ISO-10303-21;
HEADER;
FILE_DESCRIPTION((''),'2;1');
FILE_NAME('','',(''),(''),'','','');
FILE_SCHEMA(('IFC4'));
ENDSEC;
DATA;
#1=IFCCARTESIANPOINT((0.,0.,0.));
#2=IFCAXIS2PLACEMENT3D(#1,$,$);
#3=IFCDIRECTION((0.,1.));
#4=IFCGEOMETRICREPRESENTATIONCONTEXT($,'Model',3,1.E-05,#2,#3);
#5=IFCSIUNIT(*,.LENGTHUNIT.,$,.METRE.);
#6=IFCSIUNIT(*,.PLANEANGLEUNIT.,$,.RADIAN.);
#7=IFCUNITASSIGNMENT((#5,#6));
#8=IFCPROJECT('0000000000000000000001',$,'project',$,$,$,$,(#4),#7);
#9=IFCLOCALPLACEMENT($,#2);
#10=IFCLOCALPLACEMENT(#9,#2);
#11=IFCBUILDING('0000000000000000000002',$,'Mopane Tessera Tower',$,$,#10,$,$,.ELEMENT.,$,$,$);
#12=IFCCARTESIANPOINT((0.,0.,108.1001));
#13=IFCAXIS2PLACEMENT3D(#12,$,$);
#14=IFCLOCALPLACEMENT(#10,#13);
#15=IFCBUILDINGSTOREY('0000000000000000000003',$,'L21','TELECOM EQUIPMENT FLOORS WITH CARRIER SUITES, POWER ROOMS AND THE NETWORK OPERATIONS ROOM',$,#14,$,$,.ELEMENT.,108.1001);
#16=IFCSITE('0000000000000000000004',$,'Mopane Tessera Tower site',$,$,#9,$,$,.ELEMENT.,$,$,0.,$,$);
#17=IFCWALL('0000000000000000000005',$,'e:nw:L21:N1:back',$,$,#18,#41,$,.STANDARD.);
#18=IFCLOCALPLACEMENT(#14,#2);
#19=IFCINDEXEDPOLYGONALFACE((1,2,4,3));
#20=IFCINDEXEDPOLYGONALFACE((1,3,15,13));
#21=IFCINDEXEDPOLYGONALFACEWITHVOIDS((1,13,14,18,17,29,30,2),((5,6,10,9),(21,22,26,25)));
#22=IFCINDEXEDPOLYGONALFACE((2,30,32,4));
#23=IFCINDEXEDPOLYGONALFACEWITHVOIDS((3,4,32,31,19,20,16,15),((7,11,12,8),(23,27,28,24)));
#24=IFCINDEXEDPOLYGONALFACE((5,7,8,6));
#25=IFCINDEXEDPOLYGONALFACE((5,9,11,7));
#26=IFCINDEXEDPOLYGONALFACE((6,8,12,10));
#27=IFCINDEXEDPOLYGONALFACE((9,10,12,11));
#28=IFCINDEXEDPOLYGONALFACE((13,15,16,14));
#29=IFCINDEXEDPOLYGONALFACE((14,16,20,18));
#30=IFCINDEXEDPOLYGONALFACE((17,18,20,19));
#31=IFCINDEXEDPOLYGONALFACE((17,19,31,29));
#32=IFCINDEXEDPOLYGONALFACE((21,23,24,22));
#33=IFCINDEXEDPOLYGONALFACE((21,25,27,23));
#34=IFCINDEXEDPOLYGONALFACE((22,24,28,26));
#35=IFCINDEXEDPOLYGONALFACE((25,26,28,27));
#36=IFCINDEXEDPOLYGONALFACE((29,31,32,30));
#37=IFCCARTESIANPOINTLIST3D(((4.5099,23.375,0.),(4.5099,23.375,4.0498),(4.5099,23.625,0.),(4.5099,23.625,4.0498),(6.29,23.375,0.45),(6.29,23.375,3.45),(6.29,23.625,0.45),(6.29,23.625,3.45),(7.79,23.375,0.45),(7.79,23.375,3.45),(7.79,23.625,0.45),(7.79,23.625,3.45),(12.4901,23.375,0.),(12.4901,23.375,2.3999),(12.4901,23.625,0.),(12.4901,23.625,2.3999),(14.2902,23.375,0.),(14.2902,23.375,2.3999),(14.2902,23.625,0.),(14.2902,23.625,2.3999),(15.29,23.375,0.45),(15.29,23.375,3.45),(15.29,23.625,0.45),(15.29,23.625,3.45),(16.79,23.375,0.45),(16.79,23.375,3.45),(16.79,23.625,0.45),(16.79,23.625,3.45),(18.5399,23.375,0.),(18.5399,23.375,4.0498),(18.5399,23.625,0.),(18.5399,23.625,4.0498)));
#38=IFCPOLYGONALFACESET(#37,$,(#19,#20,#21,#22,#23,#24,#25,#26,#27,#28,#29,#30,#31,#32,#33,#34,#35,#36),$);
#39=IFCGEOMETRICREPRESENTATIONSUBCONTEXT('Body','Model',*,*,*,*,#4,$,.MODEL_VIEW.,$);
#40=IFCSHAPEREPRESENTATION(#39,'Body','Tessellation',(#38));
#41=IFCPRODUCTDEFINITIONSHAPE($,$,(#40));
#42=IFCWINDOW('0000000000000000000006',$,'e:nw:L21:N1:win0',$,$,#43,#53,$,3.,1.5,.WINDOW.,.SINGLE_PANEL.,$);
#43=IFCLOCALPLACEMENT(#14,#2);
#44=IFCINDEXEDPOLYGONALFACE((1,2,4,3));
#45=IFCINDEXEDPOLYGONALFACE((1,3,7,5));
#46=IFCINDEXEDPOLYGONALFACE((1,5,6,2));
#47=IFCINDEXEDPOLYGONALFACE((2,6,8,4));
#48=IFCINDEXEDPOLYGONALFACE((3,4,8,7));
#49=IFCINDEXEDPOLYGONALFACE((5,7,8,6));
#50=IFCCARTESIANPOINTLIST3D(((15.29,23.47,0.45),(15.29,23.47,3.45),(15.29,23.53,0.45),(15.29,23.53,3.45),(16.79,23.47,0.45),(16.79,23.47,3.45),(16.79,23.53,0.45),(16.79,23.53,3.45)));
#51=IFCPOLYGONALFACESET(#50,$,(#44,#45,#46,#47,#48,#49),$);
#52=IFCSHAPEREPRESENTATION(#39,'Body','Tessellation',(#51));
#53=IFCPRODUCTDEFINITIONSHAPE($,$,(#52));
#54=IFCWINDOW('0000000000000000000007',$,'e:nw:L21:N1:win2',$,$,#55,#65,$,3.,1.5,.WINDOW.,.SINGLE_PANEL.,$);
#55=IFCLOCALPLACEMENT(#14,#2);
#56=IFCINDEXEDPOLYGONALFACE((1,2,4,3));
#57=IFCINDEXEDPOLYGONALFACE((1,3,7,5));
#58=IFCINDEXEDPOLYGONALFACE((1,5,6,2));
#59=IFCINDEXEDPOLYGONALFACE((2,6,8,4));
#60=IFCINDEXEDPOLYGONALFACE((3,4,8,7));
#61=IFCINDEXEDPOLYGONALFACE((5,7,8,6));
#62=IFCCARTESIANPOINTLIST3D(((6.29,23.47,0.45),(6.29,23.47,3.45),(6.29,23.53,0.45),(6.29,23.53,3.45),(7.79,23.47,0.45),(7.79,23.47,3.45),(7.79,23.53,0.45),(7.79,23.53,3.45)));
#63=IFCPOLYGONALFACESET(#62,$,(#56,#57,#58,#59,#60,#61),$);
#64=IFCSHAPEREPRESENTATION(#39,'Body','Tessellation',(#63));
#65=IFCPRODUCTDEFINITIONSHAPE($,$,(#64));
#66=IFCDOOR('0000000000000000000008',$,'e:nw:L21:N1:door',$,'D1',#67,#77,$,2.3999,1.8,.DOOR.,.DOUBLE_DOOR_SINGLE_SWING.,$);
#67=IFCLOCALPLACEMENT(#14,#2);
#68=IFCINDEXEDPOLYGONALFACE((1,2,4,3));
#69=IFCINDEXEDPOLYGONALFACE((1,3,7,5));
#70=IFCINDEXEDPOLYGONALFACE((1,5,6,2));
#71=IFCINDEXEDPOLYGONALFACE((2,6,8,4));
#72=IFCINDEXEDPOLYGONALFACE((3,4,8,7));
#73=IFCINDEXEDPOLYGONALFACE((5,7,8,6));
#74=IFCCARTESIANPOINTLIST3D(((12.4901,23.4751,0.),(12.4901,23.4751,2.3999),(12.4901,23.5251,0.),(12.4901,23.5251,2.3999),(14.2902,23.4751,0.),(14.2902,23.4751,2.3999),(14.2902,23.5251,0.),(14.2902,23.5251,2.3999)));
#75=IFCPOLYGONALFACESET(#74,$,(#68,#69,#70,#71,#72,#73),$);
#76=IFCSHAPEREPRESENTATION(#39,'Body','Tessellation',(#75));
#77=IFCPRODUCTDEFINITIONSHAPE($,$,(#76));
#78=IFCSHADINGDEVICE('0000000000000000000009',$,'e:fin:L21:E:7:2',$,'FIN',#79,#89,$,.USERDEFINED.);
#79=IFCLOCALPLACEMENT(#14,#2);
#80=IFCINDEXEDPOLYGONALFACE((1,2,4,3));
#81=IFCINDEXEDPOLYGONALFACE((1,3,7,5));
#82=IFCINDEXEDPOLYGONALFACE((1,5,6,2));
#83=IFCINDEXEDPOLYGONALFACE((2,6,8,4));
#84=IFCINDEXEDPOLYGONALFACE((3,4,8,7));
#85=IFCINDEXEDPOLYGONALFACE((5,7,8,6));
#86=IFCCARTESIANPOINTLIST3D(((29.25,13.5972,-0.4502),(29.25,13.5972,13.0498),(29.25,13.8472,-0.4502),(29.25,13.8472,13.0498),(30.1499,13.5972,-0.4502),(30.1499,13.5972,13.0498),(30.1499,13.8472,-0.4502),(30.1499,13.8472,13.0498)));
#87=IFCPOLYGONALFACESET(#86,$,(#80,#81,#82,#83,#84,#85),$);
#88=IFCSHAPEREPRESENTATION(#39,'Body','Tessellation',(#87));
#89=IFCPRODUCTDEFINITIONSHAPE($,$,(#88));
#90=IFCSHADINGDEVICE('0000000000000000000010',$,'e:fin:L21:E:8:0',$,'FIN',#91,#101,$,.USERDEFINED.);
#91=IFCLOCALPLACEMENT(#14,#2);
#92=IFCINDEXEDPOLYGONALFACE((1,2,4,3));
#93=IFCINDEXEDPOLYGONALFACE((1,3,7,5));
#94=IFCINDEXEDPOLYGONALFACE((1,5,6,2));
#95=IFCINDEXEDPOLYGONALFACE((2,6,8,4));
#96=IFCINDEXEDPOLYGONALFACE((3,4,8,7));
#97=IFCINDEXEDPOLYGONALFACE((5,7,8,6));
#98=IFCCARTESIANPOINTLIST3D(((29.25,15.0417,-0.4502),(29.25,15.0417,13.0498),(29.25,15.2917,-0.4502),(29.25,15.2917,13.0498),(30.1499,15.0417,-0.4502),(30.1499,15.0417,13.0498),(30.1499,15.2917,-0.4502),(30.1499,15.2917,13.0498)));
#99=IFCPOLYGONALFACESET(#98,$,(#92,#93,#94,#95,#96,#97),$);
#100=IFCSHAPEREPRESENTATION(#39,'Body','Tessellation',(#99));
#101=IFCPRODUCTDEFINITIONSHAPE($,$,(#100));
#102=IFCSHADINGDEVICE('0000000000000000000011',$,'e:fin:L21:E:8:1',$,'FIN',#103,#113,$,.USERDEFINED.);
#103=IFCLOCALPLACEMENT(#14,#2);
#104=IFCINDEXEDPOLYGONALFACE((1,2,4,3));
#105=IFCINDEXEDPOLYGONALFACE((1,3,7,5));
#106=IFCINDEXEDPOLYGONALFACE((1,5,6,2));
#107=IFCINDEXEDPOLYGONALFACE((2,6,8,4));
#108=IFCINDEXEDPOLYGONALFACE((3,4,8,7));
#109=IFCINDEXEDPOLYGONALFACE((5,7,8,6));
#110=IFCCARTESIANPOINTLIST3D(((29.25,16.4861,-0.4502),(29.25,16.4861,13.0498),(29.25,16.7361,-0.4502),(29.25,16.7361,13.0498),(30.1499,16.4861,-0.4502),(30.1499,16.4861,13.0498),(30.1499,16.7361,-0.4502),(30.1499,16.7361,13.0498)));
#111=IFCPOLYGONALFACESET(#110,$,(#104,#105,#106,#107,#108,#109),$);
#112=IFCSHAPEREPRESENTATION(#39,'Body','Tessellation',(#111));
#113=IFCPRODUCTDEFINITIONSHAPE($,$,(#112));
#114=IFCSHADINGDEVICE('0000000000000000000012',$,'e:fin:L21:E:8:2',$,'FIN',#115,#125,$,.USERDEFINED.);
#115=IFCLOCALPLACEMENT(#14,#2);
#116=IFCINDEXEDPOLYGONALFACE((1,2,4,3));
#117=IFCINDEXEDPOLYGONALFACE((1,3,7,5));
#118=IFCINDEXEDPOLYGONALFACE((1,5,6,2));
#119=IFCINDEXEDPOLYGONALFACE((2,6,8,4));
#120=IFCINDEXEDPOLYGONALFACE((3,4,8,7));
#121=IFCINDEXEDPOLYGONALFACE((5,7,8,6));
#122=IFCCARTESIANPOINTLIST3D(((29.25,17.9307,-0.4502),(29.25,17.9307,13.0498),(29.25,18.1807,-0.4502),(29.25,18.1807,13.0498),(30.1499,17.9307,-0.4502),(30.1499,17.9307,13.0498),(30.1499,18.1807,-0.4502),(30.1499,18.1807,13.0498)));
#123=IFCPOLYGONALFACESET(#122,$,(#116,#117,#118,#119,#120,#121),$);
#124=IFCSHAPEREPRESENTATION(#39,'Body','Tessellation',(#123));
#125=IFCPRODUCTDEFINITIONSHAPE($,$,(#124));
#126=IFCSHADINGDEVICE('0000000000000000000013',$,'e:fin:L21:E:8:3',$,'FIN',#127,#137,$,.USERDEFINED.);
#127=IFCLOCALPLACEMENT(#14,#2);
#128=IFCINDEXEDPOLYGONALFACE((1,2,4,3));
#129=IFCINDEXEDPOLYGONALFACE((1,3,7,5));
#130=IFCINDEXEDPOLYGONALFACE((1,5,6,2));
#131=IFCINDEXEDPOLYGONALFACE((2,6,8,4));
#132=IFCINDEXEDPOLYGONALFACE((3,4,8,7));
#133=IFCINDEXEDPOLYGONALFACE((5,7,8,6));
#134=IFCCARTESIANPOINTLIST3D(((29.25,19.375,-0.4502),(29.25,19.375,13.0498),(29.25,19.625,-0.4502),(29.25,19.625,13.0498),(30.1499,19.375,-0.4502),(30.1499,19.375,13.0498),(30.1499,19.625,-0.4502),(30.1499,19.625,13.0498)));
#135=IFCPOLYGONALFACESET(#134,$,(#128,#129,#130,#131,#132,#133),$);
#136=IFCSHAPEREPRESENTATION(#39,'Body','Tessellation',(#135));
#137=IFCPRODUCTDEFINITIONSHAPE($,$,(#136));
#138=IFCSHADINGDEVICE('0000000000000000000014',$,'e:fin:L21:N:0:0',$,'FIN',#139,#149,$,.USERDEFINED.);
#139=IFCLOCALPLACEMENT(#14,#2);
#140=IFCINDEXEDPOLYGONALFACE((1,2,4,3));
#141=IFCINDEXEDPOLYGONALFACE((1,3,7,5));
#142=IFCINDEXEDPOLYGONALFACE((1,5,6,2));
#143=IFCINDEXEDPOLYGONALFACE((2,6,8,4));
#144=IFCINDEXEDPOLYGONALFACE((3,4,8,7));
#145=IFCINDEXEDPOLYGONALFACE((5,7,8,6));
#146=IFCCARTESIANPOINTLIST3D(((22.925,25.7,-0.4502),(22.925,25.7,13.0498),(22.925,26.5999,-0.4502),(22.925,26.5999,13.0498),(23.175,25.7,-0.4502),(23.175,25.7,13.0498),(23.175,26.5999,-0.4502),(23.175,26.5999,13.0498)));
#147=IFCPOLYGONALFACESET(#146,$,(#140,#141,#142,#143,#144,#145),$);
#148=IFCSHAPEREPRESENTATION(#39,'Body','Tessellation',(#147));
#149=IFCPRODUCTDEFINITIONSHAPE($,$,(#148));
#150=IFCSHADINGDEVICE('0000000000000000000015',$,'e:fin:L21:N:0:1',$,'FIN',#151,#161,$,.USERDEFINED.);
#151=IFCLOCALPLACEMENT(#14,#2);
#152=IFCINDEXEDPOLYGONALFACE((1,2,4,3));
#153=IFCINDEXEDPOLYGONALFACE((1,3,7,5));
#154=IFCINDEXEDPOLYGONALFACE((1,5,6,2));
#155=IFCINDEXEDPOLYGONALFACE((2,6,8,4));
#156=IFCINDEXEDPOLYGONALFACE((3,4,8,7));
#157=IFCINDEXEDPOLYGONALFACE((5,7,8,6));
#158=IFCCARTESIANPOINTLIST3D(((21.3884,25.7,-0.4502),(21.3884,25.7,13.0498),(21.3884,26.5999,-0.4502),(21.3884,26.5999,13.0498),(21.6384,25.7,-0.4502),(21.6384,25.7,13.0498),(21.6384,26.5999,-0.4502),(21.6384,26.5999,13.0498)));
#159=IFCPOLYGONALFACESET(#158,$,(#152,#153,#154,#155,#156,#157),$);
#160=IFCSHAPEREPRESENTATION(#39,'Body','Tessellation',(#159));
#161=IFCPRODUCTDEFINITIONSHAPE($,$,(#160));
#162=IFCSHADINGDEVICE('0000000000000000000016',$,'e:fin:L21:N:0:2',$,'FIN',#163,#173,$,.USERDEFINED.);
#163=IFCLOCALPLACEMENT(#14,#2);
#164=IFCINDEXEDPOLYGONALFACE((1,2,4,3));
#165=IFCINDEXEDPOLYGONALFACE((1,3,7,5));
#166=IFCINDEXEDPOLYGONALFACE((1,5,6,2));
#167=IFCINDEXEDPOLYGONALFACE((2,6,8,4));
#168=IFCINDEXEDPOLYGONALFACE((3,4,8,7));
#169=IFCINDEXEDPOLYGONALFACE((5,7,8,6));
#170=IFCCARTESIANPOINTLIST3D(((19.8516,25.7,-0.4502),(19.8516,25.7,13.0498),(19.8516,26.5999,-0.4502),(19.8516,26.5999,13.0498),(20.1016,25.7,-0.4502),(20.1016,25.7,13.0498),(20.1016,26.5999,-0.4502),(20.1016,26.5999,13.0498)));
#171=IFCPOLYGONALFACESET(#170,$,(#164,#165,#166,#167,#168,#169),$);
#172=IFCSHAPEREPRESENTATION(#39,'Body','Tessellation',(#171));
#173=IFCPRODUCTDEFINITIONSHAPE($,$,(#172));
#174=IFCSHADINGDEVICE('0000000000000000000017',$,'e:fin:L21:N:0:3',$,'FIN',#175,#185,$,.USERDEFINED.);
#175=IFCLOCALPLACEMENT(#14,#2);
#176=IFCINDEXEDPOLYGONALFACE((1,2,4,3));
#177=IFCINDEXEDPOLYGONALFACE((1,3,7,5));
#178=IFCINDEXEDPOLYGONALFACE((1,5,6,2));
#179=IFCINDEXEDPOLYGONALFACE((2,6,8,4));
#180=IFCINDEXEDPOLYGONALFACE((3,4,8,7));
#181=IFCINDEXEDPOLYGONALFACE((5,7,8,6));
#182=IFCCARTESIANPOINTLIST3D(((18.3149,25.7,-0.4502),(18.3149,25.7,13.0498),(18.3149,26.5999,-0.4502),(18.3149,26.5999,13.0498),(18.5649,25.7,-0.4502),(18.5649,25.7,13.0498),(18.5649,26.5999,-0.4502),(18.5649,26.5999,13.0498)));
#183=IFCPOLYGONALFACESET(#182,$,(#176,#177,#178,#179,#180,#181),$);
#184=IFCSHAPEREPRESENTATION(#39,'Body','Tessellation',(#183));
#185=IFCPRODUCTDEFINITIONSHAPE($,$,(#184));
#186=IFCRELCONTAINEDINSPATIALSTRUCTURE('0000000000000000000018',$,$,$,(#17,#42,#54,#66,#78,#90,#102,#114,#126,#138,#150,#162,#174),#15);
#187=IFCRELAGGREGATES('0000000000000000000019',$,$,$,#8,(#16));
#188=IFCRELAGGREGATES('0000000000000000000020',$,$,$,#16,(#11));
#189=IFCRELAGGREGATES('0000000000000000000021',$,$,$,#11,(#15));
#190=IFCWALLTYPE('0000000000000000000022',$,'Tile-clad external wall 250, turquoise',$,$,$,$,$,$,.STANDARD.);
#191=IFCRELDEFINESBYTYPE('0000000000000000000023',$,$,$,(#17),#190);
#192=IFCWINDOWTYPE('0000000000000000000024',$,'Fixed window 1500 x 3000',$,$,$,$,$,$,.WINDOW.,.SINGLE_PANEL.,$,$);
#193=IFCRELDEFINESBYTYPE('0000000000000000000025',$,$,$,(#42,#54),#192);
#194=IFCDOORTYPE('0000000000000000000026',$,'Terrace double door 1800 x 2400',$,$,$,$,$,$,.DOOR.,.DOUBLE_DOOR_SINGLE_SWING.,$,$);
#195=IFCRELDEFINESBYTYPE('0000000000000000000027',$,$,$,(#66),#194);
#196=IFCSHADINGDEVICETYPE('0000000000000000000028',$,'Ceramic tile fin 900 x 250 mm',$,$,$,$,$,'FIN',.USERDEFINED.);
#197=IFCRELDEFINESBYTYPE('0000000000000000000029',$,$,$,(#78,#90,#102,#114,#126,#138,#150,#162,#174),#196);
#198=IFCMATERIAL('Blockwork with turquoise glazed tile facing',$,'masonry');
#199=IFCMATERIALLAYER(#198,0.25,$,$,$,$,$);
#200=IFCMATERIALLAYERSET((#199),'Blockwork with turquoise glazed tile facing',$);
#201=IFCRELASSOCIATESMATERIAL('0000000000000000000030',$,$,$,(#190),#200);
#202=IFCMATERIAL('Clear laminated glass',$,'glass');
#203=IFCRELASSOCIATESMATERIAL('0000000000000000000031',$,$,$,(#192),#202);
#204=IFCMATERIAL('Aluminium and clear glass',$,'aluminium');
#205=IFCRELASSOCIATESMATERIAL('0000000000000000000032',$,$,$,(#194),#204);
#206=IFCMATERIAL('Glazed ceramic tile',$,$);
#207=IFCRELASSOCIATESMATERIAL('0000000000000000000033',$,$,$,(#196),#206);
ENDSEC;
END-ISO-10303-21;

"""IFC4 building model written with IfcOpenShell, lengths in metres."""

from ifc_helpers import new_model, si_unit, direction, frame, frame_2d, origin, origin_2d, place, context, subcontext, project, spatial, rectangle, extrude, material, layer, layer_set, type_object, element, fill, save


model = new_model("IFC4")

# Units and contexts
model_context = context("Model", 3, precision=1e-05, world=origin(), true_north=direction((0.0, 1.0)))
body_context = subcontext(model_context, "Body", "Model", "MODEL_VIEW")
ifc_project = project(units=[si_unit("LENGTHUNIT", "METRE"), si_unit("PLANEANGLEUNIT", "RADIAN")], contexts=[model_context])

# Site, building, storey
site_placement = place(None, origin())
site = spatial("IfcSite", under=ifc_project, at=site_placement, Name="Mopane Tessera Tower site", CompositionType="ELEMENT", RefElevation=0.0)
building_placement = place(site_placement, origin())
building = spatial("IfcBuilding", under=site, at=building_placement, Name="Mopane Tessera Tower", CompositionType="ELEMENT")
storey_placement = place(building_placement, frame((0.0, 0.0, 108.1001)))
storey = spatial("IfcBuildingStorey", under=building, at=storey_placement, Name="L21", Description="TELECOM EQUIPMENT FLOORS WITH CARRIER SUITES, POWER ROOMS AND THE NETWORK OPERATIONS ROOM", CompositionType="ELEMENT", Elevation=108.1001)

# Wall, openings, windows, door
ifc_material_1 = material(Name="Blockwork with turquoise glazed tile facing", Category="masonry")
ifc_layer_1 = layer(ifc_material_1, 0.25)
ifc_layer_set_1 = layer_set([ifc_layer_1], Name="Blockwork with turquoise glazed tile facing")
wall_type_1 = type_object("IfcWallType", Name="Tile-clad external wall 250, turquoise", PredefinedType="STANDARD", material=ifc_layer_set_1)
wall_1_placement = place(storey_placement, frame((18.54, 23.5, 0.0), z_axis=(0.0, 0.0, 1.0), x_axis=(-1.0, 0.0, 0.0)))
wall_1 = element("IfcWall", 1, at=wall_1_placement, inside=storey, type_object=wall_type_1, Name="e:nw:L21:N1:back", PredefinedType="STANDARD", context=body_context, shape_type="SweptSolid", body=[
    extrude(rectangle(XDim=14.03, YDim=0.25, at=frame_2d((7.0151, 0.0))), origin(), (0.0, 0.0, 1.0), 4.0498),
])
opening_1_placement = place(wall_1_placement, frame((1.75, 0.0, 0.45)))
opening_1 = element("IfcOpeningElement", 2, at=opening_1_placement, cuts=wall_1, PredefinedType="OPENING", context=body_context, shape_type="SweptSolid", body=[
    extrude(rectangle(XDim=1.5, YDim=3.0, at=frame_2d((0.75, 1.5))), frame((0.0, 0.137, 0.0), z_axis=(0.0, -1.0, 0.0), x_axis=(1.0, 0.0, 0.0)), (0.0, 0.0, 1.0), 0.2739),
])
opening_2_placement = place(wall_1_placement, frame((4.25, 0.0, 0.0)))
opening_2 = element("IfcOpeningElement", 3, at=opening_2_placement, cuts=wall_1, PredefinedType="OPENING", context=body_context, shape_type="SweptSolid", body=[
    extrude(rectangle(XDim=1.8, YDim=2.3999, at=frame_2d((0.8999, 1.2))), frame((0.0, 0.137, 0.0), z_axis=(0.0, -1.0, 0.0), x_axis=(1.0, 0.0, 0.0)), (0.0, 0.0, 1.0), 0.2739),
])
opening_3_placement = place(wall_1_placement, frame((10.75, 0.0, 0.45)))
opening_3 = element("IfcOpeningElement", 4, at=opening_3_placement, cuts=wall_1, PredefinedType="OPENING", context=body_context, shape_type="SweptSolid", body=[
    extrude(rectangle(XDim=1.5, YDim=3.0, at=frame_2d((0.75, 1.5))), frame((0.0, 0.137, 0.0), z_axis=(0.0, -1.0, 0.0), x_axis=(1.0, 0.0, 0.0)), (0.0, 0.0, 1.0), 0.2739),
])
ifc_material_2 = material(Name="Clear laminated glass", Category="glass")
window_type = type_object("IfcWindowType", Name="Fixed window 1500 x 3000", PartitioningType="SINGLE_PANEL", PredefinedType="WINDOW", material=ifc_material_2)
window_1_placement = place(opening_1_placement, origin())
window_1 = element("IfcWindow", 5, at=window_1_placement, inside=storey, type_object=window_type, Name="e:nw:L21:N1:win0", OverallHeight=3.0, OverallWidth=1.5, PartitioningType="SINGLE_PANEL", PredefinedType="WINDOW", context=body_context, shape_type="SweptSolid", body=[
    extrude(rectangle(XDim=1.5, YDim=3.0, at=frame_2d((0.75, 1.5))), frame((0.0, 0.03, 0.0), z_axis=(0.0, -1.0, 0.0), x_axis=(1.0, 0.0, 0.0)), (0.0, 0.0, 1.0), 0.0601),
])
fill(opening_1, window_1)
window_2_placement = place(opening_3_placement, origin())
window_2 = element("IfcWindow", 6, at=window_2_placement, inside=storey, type_object=window_type, Name="e:nw:L21:N1:win2", OverallHeight=3.0, OverallWidth=1.5, PartitioningType="SINGLE_PANEL", PredefinedType="WINDOW", context=body_context, shape_type="SweptSolid", body=[
    extrude(rectangle(XDim=1.5, YDim=3.0, at=frame_2d((0.75, 1.5))), frame((0.0, 0.03, 0.0), z_axis=(0.0, -1.0, 0.0), x_axis=(1.0, 0.0, 0.0)), (0.0, 0.0, 1.0), 0.0601),
])
fill(opening_3, window_2)
ifc_material_3 = material(Name="Aluminium and clear glass", Category="aluminium")
door_type = type_object("IfcDoorType", Name="Terrace double door 1800 x 2400", OperationType="DOUBLE_DOOR_SINGLE_SWING", PredefinedType="DOOR", material=ifc_material_3)
door_placement = place(opening_2_placement, origin())
door = element("IfcDoor", 7, at=door_placement, inside=storey, type_object=door_type, Name="e:nw:L21:N1:door", ObjectType="D1", OperationType="DOUBLE_DOOR_SINGLE_SWING", OverallHeight=2.3999, OverallWidth=1.8, PredefinedType="DOOR", context=body_context, shape_type="SweptSolid", body=[
    extrude(rectangle(XDim=1.8, YDim=2.3999, at=frame_2d((0.8999, 1.2))), frame((0.0, 0.0249, 0.0), z_axis=(0.0, -1.0, 0.0), x_axis=(1.0, 0.0, 0.0)), (0.0, 0.0, 1.0), 0.05),
])
fill(opening_2, door)

# Shading devices
ifc_material_4 = material(Name="Glazed ceramic tile")
shading_device_type = type_object("IfcShadingDeviceType", Name="Ceramic tile fin 900 x 250 mm", ElementType="FIN", PredefinedType="USERDEFINED", material=ifc_material_4)
for number, where, z_axis, x_axis, name in (
    (8, (29.7, 13.7222, -0.4502), (0.0, 0.0, 1.0), (0.0, 1.0, 0.0), "e:fin:L21:E:7:2"),
    (9, (29.7, 15.1667, -0.4502), (0.0, 0.0, 1.0), (0.0, 1.0, 0.0), "e:fin:L21:E:8:0"),
    (10, (29.7, 16.6111, -0.4502), (0.0, 0.0, 1.0), (0.0, 1.0, 0.0), "e:fin:L21:E:8:1"),
    (11, (29.7, 18.0557, -0.4502), (0.0, 0.0, 1.0), (0.0, 1.0, 0.0), "e:fin:L21:E:8:2"),
    (12, (29.7, 19.5, -0.4502), (0.0, 0.0, 1.0), (0.0, 1.0, 0.0), "e:fin:L21:E:8:3"),
    (13, (23.05, 26.1499, -0.4502), (0.0, 0.0, 1.0), (-1.0, 0.0, 0.0), "e:fin:L21:N:0:0"),
    (14, (21.5134, 26.1499, -0.4502), (0.0, 0.0, 1.0), (-1.0, 0.0, 0.0), "e:fin:L21:N:0:1"),
    (15, (19.9766, 26.1499, -0.4502), (0.0, 0.0, 1.0), (-1.0, 0.0, 0.0), "e:fin:L21:N:0:2"),
    (16, (18.4399, 26.1499, -0.4502), (0.0, 0.0, 1.0), (-1.0, 0.0, 0.0), "e:fin:L21:N:0:3"),
):
    element("IfcShadingDevice", number, at=place(storey_placement, frame(where, z_axis=z_axis, x_axis=x_axis)), inside=storey, type_object=shading_device_type, Name=name, ObjectType="FIN", PredefinedType="USERDEFINED", context=body_context, shape_type="SweptSolid", body=[
        extrude(rectangle(XDim=0.25, YDim=0.8999, at=origin_2d()), origin(), (0.0, 0.0, 1.0), 13.5),
    ])

save(model, "model.ifc")
